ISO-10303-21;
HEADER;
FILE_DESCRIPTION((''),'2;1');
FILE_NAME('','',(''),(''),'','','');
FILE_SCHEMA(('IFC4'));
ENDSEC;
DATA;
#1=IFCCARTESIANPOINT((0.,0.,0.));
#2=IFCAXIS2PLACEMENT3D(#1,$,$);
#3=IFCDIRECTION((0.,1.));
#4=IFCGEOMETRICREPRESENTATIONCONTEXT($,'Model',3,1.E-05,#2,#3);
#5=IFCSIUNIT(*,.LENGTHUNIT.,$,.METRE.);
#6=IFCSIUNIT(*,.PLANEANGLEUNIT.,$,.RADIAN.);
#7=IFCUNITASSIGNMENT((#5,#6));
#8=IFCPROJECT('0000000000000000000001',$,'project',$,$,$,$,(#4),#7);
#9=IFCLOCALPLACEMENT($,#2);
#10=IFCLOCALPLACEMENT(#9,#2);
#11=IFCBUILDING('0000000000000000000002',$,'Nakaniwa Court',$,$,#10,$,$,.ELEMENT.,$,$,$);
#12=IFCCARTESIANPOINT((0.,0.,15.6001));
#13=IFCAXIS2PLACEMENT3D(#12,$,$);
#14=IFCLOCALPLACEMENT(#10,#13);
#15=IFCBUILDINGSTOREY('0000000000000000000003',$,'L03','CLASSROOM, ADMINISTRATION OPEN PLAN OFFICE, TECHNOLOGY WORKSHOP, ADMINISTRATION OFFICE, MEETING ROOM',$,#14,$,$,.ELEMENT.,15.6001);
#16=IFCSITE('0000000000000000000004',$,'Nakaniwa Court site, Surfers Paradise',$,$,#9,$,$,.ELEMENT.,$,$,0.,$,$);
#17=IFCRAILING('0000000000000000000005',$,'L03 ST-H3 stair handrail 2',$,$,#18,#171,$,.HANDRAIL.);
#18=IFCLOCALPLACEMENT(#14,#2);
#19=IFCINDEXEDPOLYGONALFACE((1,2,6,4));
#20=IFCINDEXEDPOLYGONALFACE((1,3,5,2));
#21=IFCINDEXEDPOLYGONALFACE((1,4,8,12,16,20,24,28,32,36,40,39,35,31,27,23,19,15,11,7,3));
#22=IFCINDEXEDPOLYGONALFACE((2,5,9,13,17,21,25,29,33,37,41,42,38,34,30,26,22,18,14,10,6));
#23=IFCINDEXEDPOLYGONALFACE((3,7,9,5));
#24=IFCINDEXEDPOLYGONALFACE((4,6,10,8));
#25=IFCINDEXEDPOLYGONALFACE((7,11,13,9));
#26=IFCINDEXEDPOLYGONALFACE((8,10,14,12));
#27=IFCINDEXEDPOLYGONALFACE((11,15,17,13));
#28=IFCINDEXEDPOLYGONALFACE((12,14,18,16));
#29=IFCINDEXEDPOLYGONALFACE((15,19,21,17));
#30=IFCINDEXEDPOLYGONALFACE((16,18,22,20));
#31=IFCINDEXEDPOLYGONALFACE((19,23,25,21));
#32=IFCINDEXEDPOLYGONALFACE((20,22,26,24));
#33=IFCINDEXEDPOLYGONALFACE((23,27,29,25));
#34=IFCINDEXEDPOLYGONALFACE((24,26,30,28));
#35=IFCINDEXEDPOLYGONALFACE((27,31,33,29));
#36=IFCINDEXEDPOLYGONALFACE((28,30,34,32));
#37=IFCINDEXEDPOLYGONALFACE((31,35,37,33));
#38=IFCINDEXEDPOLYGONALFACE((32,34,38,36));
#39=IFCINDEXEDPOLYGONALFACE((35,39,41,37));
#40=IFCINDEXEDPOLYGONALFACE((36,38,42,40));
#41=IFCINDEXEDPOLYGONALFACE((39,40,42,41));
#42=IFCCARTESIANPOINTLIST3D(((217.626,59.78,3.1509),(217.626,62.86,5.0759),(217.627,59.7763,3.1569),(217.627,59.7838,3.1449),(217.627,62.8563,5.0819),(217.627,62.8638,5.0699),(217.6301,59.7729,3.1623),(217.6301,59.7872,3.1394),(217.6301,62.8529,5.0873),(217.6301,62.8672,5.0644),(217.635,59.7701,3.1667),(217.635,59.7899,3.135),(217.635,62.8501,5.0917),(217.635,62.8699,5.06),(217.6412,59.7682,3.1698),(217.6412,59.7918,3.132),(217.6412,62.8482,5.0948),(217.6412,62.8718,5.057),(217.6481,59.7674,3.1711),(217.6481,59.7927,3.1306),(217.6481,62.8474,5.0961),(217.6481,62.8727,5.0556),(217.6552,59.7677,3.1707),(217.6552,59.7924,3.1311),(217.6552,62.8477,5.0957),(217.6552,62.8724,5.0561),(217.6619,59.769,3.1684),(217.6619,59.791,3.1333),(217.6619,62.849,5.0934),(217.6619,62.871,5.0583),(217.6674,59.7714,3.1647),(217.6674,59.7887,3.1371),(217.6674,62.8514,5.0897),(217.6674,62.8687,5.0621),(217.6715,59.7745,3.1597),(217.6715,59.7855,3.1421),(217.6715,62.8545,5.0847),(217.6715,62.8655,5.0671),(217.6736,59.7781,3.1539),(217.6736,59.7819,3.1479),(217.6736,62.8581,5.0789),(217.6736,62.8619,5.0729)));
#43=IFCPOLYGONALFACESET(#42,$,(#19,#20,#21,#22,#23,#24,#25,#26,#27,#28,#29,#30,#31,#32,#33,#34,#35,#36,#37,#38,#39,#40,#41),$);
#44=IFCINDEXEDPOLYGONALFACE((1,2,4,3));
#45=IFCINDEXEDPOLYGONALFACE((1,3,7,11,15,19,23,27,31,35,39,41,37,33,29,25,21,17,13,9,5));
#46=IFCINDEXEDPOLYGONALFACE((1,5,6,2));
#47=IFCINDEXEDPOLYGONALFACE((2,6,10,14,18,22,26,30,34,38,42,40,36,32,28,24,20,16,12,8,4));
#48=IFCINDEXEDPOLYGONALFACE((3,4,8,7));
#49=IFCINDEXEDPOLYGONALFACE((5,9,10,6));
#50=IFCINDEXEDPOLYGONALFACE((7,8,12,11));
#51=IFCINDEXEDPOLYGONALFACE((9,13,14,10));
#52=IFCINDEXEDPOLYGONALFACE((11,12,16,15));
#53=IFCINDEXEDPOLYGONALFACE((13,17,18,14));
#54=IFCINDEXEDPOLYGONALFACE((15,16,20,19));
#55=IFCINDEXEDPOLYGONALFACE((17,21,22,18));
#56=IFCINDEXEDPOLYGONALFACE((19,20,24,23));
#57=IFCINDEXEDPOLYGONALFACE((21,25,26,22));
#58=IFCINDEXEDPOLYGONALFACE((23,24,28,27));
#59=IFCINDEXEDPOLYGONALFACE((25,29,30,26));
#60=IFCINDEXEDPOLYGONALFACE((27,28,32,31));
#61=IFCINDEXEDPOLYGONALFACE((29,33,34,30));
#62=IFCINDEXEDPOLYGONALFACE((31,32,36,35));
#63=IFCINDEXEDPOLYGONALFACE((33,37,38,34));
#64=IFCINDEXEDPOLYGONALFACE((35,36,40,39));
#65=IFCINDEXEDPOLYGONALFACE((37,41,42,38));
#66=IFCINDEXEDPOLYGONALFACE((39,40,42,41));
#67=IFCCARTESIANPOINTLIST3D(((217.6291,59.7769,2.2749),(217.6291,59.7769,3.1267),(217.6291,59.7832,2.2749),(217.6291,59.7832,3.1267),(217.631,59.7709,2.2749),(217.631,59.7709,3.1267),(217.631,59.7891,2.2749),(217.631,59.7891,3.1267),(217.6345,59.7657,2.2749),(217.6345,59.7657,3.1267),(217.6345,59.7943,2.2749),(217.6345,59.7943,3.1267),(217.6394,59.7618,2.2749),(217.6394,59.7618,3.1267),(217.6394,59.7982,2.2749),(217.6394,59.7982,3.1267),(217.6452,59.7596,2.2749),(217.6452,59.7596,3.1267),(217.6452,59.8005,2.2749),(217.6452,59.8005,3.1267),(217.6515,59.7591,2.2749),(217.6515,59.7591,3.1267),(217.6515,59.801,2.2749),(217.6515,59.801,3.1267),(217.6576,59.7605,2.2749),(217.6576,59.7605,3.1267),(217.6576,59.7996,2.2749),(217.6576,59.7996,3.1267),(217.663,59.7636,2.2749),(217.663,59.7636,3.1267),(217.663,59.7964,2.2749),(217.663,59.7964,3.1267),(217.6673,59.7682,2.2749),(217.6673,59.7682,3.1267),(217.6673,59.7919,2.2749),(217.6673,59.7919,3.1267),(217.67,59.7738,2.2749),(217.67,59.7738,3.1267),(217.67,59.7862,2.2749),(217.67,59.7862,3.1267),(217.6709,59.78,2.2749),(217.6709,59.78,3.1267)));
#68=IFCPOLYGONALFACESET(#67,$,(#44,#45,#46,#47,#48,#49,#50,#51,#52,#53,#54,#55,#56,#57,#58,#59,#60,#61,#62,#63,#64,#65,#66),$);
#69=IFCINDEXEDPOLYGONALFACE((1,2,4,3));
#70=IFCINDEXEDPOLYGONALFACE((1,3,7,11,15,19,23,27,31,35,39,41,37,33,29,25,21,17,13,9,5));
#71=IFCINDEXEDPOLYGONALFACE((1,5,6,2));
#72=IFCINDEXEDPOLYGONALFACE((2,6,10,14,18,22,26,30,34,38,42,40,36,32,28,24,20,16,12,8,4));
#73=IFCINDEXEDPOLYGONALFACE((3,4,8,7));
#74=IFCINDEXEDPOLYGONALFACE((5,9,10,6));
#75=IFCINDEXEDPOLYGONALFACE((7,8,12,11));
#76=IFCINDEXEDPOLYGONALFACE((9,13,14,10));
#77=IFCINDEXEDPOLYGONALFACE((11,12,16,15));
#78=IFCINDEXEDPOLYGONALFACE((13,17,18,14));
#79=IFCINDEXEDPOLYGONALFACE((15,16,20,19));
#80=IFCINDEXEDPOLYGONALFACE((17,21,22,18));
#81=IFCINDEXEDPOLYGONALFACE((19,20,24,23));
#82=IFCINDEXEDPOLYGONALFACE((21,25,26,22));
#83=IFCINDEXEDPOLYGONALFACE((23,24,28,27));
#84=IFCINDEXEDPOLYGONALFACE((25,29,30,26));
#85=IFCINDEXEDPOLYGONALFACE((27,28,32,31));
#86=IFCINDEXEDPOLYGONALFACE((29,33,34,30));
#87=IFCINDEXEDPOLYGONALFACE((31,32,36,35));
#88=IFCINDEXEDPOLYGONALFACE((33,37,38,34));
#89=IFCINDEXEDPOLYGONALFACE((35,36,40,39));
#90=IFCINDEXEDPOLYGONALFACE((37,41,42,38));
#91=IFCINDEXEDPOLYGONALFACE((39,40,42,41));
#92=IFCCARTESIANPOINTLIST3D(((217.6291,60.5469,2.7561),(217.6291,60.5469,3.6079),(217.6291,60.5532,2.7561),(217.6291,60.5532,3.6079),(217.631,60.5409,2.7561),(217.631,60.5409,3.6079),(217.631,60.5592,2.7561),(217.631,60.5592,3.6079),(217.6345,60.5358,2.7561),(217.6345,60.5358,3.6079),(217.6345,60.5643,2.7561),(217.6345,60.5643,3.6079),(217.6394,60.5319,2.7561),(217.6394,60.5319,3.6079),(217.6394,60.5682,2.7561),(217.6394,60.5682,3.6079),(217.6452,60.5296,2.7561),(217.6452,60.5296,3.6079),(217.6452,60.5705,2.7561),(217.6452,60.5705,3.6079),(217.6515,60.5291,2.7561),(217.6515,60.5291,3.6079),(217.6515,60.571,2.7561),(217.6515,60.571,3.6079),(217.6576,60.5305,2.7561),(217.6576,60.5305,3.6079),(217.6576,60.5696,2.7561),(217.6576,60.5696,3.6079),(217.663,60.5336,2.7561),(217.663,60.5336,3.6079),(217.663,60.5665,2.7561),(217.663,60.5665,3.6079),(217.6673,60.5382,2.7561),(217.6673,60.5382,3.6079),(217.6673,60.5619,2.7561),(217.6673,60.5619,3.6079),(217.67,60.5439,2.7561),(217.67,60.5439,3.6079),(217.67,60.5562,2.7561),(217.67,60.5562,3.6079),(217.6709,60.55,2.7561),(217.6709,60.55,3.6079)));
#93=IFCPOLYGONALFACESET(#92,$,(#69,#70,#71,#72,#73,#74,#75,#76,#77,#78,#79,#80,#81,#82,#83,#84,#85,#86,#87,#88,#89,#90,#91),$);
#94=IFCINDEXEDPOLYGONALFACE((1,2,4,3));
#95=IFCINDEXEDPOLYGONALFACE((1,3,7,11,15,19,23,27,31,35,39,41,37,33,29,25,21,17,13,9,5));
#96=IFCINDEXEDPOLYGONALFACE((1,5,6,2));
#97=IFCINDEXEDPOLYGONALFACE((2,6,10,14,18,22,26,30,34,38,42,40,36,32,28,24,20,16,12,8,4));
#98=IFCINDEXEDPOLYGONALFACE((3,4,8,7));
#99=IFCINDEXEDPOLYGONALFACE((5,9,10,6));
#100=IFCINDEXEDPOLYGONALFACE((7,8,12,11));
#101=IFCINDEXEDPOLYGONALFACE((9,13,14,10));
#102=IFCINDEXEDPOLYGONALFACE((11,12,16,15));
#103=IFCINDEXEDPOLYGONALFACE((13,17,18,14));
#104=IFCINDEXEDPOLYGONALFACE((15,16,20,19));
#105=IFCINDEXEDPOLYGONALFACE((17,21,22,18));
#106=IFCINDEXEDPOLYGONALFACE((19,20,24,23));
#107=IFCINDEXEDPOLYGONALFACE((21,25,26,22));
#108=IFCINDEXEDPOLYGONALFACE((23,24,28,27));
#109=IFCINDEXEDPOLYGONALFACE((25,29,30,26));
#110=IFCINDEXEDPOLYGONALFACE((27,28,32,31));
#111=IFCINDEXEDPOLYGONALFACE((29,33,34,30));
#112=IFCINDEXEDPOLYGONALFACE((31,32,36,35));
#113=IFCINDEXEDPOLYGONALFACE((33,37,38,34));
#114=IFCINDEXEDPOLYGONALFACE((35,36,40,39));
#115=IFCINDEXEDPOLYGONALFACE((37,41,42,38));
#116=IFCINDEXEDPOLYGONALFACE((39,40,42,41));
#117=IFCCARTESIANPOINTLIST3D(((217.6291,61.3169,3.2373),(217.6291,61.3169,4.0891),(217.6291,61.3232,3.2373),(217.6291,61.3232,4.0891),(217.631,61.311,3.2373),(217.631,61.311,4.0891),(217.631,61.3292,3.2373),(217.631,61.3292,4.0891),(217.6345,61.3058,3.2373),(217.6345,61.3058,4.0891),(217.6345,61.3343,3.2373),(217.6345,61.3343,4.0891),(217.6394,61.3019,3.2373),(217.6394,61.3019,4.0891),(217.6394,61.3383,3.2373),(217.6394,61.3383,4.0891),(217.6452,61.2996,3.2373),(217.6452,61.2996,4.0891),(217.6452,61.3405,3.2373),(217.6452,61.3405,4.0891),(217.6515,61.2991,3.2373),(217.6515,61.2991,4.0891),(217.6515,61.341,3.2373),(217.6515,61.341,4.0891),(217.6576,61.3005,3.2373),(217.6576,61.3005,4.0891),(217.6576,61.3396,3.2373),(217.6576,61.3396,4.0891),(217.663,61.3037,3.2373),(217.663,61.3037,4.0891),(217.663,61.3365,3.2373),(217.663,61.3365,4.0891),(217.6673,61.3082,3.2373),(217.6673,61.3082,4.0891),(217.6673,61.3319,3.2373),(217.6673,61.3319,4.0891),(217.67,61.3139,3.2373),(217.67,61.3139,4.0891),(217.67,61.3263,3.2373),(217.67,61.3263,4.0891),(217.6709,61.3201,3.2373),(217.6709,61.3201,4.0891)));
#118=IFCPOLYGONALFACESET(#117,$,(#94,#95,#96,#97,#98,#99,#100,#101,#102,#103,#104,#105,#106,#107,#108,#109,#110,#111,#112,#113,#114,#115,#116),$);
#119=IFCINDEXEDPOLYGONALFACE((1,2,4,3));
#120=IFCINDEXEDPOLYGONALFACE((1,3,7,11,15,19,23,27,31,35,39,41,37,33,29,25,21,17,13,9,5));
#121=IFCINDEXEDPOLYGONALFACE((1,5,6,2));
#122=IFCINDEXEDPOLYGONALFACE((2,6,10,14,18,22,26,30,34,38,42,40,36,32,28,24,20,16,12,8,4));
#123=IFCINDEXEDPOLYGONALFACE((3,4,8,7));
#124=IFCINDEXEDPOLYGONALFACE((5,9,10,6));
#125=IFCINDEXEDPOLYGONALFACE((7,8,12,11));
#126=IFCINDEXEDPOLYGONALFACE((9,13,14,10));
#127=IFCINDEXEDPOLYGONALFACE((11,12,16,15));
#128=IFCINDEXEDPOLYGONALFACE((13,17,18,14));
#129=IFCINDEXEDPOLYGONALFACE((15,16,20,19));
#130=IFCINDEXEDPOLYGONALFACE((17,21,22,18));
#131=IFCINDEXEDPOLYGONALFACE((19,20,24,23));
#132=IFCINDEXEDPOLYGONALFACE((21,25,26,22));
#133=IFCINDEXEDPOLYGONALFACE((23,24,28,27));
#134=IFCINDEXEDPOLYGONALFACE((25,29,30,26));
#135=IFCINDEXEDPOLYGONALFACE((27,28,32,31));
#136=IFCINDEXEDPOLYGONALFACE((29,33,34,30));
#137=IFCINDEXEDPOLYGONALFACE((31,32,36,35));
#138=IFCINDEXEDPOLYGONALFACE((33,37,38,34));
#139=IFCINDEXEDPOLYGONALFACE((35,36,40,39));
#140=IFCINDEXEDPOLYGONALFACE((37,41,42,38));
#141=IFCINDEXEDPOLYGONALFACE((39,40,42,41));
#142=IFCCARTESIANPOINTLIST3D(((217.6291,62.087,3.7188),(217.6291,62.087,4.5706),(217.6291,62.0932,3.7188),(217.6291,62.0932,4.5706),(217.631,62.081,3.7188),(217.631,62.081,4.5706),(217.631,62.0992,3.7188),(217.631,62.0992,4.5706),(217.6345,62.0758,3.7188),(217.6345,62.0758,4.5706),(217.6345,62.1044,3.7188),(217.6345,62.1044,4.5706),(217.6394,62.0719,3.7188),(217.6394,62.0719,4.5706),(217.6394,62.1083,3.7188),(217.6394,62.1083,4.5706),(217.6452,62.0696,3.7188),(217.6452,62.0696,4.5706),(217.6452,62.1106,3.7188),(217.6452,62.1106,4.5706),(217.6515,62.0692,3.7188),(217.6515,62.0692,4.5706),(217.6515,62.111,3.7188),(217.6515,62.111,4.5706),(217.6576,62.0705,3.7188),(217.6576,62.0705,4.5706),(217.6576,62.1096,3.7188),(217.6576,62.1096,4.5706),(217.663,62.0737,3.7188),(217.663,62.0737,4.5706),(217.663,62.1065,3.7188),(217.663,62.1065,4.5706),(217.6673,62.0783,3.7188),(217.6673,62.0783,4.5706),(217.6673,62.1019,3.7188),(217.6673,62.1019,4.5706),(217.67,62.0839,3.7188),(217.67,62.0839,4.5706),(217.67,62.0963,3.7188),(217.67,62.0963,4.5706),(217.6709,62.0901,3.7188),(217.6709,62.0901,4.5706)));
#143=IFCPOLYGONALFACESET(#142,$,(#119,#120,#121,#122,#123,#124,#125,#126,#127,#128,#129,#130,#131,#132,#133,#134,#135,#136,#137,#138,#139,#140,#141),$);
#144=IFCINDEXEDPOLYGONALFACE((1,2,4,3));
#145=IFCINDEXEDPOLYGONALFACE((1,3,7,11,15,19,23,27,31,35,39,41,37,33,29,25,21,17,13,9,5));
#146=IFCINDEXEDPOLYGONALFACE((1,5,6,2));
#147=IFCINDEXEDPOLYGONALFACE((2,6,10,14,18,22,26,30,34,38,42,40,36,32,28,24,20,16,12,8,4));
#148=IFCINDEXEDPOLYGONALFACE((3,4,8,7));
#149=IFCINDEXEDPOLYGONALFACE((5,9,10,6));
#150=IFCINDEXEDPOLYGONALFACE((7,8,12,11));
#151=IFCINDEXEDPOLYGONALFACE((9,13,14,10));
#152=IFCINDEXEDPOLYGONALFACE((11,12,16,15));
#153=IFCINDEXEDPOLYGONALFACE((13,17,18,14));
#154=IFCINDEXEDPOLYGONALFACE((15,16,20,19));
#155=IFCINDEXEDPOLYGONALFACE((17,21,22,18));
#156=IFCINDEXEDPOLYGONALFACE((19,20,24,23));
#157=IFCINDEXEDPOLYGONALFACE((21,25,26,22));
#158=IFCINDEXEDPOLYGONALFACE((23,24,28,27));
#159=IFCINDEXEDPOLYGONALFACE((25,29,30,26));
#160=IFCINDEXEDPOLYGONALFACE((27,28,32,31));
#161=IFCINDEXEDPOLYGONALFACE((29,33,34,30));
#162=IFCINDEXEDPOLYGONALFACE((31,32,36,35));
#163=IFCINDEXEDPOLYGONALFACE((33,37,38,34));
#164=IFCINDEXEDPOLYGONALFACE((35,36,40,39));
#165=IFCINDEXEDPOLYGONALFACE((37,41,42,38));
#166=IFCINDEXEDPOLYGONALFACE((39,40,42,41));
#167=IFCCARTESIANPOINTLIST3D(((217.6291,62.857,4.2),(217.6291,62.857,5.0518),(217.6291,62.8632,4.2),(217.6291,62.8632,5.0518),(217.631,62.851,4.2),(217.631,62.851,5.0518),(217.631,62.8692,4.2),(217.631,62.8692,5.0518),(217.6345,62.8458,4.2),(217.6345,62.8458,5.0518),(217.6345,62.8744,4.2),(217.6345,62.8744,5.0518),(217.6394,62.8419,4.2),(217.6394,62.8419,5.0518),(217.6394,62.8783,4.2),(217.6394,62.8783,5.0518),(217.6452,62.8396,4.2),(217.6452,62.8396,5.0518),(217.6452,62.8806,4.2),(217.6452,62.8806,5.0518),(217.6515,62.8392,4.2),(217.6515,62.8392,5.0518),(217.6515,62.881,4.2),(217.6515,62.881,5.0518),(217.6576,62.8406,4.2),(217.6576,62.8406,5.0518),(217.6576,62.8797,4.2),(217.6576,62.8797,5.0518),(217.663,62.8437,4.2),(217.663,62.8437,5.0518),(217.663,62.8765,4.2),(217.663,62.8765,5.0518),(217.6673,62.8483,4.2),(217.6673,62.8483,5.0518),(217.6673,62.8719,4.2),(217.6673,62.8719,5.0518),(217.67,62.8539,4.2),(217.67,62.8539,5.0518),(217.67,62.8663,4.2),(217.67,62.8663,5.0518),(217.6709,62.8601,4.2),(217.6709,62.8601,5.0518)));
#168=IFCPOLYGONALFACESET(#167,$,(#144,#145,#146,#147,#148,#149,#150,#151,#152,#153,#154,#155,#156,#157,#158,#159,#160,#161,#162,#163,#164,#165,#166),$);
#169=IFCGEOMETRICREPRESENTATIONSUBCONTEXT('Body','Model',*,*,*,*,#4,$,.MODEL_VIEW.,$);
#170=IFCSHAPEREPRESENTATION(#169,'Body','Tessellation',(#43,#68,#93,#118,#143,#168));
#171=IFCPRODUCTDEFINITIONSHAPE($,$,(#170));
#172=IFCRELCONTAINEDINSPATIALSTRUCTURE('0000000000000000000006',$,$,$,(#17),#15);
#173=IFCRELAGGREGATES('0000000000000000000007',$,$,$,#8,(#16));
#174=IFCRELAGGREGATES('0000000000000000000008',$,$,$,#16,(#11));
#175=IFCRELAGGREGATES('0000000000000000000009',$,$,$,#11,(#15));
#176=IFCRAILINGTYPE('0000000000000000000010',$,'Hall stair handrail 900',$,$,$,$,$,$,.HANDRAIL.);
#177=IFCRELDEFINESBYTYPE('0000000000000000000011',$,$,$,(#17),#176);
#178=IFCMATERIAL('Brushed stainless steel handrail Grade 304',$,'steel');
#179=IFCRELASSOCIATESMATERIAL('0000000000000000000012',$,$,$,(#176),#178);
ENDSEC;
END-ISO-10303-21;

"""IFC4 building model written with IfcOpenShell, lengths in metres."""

from ifc_helpers import new_model, si_unit, direction, frame, origin, origin_2d, place, context, subcontext, project, spatial, circle, extrude, material, type_object, element, save


model = new_model("IFC4")

# Units and contexts
model_context = context("Model", 3, precision=1e-05, world=origin(), true_north=direction((0.0, 1.0)))
body_context = subcontext(model_context, "Body", "Model", "MODEL_VIEW")
ifc_project = project(units=[si_unit("LENGTHUNIT", "METRE"), si_unit("PLANEANGLEUNIT", "RADIAN")], contexts=[model_context])

# Site, building, storey
site_placement = place(None, origin())
site = spatial("IfcSite", under=ifc_project, at=site_placement, Name="Nakaniwa Court site, Surfers Paradise", CompositionType="ELEMENT", RefElevation=0.0)
building_placement = place(site_placement, origin())
building = spatial("IfcBuilding", under=site, at=building_placement, Name="Nakaniwa Court", CompositionType="ELEMENT")
storey_placement = place(building_placement, frame((0.0, 0.0, 15.6001)))
storey = spatial("IfcBuildingStorey", under=building, at=storey_placement, Name="L03", Description="CLASSROOM, ADMINISTRATION OPEN PLAN OFFICE, TECHNOLOGY WORKSHOP, ADMINISTRATION OFFICE, MEETING ROOM", CompositionType="ELEMENT", Elevation=15.6001)

# Railing
ifc_material_1 = material(Name="Brushed stainless steel handrail Grade 304", Category="steel")
railing_type_1 = type_object("IfcRailingType", Name="Hall stair handrail 900", PredefinedType="HANDRAIL", material=ifc_material_1)
railing_1_placement = place(storey_placement, frame((217.6499, 59.78, 2.2749)))
element("IfcRailing", 1, at=railing_1_placement, inside=storey, type_object=railing_type_1, Name="L03 ST-H3 stair handrail 2", PredefinedType="HANDRAIL", context=body_context, shape_type="SweptSolid", body=[
    extrude(circle(Radius=0.0239, at=origin_2d()), frame((0.0, 0.0, 0.876), z_axis=(0.0, 0.847998, 0.529999), x_axis=(-1.0, 0.0, 0.0)), (0.0, 0.0, 1.0), 3.6321),
    extrude(circle(Radius=0.021, at=origin_2d()), origin(), (0.0, 0.0, 1.0), 0.8518),
    extrude(circle(Radius=0.021, at=origin_2d()), frame((0.0, 0.77, 0.4812)), (0.0, 0.0, 1.0), 0.8518),
    extrude(circle(Radius=0.021, at=origin_2d()), frame((0.0, 1.54, 0.9624)), (0.0, 0.0, 1.0), 0.8518),
    extrude(circle(Radius=0.021, at=origin_2d()), frame((0.0, 2.3101, 1.4438)), (0.0, 0.0, 1.0), 0.8518),
    extrude(circle(Radius=0.021, at=origin_2d()), frame((0.0, 3.0801, 1.925)), (0.0, 0.0, 1.0), 0.8518),
])

save(model, "model.ifc")
